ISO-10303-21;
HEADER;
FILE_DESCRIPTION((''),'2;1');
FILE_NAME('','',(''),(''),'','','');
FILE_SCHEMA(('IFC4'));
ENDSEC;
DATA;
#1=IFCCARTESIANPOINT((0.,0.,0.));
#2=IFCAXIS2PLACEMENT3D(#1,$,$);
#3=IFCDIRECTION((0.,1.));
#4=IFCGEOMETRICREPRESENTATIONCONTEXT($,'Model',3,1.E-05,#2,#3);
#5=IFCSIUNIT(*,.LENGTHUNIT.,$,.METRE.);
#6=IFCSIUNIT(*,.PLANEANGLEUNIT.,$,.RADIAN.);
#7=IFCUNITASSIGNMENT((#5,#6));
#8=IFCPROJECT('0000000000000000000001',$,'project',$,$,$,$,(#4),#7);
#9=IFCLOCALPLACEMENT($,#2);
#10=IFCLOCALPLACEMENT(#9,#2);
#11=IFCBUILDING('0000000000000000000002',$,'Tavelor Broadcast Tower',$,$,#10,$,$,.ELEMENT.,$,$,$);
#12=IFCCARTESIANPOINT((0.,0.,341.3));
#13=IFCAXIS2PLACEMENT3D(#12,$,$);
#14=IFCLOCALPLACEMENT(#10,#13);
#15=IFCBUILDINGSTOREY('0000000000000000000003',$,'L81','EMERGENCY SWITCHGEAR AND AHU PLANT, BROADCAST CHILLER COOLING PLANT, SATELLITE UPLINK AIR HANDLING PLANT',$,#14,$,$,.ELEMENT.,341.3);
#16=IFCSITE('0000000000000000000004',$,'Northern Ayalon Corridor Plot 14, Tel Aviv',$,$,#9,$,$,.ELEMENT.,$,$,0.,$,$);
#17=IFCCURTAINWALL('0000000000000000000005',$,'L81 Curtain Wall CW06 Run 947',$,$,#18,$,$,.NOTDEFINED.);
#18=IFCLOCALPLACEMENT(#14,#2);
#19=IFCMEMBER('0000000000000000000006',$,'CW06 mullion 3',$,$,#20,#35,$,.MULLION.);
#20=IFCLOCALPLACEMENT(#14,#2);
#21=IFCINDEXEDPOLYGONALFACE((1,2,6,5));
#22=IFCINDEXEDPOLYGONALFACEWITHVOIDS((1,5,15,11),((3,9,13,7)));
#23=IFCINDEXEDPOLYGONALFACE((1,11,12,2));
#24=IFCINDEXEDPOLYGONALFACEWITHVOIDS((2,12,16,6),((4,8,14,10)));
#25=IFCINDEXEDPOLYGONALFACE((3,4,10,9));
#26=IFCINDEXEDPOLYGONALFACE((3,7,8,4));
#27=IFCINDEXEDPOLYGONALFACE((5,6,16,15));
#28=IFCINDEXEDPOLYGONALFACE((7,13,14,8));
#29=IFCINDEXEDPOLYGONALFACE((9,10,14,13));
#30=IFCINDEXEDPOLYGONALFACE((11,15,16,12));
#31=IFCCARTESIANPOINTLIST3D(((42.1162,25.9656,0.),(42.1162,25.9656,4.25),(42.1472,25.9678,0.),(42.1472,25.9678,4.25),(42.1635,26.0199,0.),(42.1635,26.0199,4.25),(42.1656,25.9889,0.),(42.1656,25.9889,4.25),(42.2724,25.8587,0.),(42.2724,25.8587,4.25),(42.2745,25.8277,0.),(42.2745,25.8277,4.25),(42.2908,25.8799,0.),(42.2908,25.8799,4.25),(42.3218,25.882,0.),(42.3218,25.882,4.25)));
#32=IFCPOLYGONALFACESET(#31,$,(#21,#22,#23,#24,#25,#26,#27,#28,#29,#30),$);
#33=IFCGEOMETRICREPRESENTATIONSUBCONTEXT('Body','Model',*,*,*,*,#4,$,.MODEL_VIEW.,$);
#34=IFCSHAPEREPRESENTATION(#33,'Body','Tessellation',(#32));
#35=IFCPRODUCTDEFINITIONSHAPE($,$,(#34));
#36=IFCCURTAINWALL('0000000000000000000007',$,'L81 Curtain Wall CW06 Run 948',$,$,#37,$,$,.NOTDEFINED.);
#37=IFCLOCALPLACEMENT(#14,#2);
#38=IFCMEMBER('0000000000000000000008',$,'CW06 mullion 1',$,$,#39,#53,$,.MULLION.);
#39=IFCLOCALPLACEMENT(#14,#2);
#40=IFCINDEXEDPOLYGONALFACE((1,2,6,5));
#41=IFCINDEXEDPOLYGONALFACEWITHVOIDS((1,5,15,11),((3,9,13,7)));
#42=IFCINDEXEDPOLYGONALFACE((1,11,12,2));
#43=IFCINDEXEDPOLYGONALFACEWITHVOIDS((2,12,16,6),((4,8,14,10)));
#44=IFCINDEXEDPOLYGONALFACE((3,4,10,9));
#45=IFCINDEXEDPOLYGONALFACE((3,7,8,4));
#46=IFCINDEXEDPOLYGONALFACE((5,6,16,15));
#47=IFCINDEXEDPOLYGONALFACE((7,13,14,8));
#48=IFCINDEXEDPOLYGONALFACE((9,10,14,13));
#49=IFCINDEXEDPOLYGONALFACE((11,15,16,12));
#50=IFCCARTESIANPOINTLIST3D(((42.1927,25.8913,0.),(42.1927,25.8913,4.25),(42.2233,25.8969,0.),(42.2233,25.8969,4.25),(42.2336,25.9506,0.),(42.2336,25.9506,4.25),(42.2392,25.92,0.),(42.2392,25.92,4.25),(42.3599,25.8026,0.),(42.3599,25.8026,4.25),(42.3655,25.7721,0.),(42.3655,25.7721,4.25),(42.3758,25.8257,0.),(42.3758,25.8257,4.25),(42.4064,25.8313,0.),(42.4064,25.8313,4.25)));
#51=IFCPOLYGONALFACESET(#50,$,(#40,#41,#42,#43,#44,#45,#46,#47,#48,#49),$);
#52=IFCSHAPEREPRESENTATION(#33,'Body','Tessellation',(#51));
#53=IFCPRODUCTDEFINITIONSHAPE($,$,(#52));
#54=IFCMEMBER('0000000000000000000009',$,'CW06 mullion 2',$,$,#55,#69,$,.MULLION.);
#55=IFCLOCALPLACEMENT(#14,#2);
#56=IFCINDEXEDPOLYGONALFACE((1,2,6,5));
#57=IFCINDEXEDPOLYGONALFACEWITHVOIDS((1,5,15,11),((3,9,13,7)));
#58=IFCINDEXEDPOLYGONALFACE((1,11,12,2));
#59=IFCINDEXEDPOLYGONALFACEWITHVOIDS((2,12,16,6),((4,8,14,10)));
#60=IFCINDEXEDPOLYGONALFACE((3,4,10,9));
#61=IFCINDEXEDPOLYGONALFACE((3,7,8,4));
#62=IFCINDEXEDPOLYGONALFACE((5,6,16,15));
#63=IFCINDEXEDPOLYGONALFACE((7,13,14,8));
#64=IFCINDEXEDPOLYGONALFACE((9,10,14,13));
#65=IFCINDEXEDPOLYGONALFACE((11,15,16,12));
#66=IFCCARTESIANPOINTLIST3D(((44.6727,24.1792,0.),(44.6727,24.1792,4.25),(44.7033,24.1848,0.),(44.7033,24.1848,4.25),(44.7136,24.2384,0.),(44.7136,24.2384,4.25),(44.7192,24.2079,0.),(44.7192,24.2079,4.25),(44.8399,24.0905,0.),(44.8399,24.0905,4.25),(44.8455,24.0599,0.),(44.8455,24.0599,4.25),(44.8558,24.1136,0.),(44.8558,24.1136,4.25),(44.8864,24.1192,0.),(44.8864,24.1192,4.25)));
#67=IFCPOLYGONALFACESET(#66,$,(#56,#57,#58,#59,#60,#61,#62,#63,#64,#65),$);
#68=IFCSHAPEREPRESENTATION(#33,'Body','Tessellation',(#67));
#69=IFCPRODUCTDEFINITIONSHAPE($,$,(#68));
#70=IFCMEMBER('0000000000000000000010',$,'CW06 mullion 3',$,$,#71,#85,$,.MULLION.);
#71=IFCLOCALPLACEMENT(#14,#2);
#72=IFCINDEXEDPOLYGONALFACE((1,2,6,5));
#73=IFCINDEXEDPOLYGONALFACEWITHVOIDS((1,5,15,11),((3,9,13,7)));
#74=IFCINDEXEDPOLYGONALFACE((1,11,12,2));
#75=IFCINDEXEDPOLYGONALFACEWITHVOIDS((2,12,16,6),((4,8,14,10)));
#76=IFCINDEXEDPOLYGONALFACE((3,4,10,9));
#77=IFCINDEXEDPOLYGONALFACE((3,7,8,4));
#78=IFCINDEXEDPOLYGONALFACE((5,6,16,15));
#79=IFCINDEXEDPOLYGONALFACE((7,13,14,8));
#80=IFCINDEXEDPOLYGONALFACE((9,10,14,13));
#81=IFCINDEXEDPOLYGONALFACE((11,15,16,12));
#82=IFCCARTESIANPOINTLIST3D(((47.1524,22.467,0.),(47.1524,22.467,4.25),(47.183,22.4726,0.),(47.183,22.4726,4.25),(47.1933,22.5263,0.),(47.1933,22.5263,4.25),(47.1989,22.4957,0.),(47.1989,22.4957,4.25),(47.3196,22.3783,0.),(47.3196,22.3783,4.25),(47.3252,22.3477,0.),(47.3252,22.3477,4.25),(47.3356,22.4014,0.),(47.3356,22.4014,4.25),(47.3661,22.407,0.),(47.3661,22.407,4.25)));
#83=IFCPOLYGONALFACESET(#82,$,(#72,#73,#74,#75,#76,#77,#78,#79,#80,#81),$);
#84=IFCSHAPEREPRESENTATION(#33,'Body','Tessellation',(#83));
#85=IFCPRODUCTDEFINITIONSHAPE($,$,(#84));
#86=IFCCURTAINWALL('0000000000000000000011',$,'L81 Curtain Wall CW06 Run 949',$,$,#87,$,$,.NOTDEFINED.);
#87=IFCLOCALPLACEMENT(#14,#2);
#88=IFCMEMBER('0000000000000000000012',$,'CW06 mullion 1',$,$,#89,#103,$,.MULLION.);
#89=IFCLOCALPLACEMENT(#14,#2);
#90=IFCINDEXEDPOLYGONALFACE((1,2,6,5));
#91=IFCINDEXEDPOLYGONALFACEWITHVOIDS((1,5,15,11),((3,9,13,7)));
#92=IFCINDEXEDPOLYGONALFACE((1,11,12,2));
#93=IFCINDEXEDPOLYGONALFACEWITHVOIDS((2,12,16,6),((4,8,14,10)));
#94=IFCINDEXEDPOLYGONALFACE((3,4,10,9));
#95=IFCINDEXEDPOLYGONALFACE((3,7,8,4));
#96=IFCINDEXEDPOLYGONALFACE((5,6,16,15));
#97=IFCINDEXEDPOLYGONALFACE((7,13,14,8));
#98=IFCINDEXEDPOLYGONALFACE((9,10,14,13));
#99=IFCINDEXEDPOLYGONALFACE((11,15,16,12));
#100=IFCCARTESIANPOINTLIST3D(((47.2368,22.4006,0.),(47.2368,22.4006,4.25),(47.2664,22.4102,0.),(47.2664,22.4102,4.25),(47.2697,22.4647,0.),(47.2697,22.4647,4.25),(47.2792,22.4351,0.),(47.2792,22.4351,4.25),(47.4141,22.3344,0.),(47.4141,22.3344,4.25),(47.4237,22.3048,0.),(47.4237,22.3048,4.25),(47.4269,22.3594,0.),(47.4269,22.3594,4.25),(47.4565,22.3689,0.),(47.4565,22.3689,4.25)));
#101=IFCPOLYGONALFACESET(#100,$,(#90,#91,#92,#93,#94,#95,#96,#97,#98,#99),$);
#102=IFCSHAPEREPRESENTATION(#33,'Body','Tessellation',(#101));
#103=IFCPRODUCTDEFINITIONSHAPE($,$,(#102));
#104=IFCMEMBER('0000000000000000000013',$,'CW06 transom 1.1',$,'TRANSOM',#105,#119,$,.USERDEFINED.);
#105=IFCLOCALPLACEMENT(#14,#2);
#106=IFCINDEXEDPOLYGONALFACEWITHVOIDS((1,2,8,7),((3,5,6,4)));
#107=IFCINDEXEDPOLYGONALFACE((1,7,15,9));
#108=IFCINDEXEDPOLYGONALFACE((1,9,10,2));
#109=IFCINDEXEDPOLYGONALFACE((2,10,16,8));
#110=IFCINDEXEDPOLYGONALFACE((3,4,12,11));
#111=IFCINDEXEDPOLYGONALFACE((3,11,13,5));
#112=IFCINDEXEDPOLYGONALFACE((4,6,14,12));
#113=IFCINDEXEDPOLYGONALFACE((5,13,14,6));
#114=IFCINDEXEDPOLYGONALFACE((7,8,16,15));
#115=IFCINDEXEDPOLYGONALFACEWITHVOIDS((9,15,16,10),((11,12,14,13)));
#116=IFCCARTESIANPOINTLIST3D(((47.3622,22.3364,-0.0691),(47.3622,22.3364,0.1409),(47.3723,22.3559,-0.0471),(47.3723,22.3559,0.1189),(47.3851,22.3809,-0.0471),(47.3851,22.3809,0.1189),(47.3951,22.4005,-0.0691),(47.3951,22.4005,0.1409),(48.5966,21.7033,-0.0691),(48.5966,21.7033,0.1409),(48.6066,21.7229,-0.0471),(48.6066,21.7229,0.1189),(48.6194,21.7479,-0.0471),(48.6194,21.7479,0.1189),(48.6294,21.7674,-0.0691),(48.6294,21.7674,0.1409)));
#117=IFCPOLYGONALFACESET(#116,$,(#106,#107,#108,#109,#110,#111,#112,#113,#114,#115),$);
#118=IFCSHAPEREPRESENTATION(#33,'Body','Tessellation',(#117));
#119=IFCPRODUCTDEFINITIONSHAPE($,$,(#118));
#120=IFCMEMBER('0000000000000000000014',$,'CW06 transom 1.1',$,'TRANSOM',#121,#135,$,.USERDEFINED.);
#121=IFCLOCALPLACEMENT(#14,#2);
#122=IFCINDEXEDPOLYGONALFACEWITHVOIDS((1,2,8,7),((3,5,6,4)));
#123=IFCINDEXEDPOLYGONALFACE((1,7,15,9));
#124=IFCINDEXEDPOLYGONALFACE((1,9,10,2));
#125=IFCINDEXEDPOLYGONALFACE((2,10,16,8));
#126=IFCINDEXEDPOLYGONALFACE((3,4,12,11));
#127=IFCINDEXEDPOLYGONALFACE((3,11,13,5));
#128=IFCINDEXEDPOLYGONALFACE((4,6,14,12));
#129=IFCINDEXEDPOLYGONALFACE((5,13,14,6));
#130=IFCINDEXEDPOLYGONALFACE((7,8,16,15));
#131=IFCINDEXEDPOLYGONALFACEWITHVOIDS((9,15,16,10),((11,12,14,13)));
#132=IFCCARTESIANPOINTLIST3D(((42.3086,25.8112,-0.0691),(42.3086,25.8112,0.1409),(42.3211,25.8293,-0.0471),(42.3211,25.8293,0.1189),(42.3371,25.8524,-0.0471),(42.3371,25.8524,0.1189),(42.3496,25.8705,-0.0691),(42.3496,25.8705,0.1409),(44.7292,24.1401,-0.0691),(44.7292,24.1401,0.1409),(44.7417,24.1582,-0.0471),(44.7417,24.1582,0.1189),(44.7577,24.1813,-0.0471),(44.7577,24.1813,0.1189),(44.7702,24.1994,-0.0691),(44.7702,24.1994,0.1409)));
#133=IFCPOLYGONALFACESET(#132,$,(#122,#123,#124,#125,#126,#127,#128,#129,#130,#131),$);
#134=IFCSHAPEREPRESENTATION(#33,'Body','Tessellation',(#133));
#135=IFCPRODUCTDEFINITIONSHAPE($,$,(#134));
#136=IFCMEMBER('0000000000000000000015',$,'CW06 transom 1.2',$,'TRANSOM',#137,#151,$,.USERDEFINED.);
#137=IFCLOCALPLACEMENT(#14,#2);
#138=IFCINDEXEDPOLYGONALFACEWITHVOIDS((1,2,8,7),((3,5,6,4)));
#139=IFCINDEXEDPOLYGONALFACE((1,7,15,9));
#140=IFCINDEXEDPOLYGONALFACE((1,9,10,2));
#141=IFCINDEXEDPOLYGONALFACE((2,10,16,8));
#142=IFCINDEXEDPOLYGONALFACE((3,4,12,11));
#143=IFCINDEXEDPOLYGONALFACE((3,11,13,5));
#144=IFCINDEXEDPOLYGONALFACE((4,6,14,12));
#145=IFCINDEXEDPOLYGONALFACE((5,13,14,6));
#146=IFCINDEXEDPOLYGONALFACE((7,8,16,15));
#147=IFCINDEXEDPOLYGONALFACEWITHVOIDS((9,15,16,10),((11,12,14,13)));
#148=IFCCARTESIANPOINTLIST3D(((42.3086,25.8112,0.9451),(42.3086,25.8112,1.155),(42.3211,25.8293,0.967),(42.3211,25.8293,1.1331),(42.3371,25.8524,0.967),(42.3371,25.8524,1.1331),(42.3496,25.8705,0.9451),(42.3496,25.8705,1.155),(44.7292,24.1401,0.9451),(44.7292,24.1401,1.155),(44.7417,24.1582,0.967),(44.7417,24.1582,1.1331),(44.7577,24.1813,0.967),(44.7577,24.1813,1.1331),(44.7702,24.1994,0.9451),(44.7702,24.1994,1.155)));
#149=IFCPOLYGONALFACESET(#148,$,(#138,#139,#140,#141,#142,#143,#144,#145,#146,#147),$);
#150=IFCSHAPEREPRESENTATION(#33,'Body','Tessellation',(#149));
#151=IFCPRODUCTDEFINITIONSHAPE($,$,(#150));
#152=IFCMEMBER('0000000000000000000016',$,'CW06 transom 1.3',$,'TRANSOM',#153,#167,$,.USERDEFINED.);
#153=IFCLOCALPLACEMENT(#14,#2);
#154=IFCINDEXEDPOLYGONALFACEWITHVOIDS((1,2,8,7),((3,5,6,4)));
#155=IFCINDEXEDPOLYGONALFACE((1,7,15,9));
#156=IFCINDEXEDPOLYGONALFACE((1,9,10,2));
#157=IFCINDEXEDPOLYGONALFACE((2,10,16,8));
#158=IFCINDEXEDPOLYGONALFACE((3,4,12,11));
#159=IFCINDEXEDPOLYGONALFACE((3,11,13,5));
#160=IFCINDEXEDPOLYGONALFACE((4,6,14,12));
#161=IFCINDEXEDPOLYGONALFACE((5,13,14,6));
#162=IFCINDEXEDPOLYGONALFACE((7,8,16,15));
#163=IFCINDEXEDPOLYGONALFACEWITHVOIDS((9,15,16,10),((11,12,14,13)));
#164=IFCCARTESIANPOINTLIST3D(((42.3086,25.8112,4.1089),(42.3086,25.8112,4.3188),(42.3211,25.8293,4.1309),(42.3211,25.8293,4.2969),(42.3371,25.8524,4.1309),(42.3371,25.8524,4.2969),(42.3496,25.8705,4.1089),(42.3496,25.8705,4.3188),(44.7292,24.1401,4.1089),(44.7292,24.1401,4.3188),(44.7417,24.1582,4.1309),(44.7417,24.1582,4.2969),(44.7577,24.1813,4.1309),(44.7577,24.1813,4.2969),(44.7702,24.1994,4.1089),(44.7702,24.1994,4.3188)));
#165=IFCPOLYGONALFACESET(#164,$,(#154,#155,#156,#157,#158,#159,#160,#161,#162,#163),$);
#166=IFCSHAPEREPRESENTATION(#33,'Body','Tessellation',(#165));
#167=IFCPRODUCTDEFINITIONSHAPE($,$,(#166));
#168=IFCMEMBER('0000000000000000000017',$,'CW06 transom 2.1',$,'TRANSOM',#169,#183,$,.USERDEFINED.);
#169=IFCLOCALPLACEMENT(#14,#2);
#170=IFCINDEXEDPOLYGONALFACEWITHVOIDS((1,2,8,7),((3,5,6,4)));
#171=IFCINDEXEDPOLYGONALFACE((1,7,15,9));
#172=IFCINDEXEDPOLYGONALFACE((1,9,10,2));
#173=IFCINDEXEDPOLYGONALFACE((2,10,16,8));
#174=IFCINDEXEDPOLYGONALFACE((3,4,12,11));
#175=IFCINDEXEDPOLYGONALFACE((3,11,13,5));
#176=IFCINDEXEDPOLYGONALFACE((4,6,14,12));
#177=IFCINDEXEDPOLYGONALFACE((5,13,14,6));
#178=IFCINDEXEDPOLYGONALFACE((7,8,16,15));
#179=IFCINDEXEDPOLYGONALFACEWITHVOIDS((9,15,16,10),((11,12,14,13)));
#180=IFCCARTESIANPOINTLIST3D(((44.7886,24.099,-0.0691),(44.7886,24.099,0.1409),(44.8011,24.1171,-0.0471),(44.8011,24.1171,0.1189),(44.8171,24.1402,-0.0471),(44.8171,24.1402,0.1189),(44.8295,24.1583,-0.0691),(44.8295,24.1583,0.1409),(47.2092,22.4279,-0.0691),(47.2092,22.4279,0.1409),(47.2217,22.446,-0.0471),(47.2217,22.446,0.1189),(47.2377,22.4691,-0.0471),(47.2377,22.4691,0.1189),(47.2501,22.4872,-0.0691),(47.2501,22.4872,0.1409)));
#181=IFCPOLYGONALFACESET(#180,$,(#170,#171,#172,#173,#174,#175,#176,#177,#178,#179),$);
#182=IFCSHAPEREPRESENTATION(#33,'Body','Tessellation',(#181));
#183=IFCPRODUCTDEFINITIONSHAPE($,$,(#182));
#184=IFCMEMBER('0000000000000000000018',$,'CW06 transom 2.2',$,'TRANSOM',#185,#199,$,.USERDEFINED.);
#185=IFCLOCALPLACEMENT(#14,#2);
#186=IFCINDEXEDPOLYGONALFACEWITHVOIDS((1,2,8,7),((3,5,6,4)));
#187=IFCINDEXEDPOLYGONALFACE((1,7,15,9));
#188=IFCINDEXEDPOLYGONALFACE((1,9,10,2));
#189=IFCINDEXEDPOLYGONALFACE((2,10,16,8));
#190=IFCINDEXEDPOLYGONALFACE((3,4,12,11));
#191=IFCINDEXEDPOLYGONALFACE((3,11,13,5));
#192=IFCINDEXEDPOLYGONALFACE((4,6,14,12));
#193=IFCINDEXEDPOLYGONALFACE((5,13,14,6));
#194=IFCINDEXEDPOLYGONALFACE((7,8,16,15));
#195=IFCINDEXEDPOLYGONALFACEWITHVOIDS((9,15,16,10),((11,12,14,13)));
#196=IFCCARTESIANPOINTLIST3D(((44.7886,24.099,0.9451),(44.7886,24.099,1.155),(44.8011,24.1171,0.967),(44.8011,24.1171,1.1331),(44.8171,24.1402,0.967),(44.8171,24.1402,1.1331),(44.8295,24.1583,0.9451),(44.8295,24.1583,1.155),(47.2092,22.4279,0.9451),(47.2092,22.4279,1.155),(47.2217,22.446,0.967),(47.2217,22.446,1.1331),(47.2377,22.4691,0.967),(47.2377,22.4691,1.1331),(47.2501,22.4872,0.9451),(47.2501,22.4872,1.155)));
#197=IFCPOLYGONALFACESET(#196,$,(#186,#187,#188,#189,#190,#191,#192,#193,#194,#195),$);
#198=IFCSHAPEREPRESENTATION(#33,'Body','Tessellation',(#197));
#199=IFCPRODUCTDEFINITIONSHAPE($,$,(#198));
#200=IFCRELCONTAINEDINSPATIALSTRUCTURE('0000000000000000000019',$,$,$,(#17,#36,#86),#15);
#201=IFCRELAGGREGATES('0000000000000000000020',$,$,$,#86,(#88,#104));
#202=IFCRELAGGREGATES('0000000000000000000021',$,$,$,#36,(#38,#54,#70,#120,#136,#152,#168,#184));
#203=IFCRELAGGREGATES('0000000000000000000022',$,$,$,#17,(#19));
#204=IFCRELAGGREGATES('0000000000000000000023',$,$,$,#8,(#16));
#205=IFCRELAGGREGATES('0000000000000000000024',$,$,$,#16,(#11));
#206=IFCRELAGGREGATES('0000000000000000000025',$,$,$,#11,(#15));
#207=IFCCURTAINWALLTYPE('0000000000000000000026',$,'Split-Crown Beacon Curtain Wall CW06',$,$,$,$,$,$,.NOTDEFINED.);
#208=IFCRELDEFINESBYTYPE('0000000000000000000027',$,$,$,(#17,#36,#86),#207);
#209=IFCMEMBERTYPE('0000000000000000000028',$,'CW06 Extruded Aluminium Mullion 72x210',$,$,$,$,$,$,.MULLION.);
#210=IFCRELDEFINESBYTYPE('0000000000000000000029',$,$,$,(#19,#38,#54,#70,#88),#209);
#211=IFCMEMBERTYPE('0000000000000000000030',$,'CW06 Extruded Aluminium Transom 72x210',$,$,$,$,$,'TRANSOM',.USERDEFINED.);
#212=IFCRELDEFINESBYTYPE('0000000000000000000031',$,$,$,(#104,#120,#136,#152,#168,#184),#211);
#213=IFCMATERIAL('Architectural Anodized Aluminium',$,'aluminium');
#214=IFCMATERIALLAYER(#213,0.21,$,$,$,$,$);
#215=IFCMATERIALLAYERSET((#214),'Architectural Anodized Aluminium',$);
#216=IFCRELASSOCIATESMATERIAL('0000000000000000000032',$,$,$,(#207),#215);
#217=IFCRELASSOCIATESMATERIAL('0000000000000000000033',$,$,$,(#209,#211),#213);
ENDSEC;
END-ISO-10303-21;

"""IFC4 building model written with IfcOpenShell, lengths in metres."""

from ifc_helpers import new_model, si_unit, direction, frame, origin, origin_2d, place, context, subcontext, project, spatial, hollow_rectangle, extrude, source, transform, mapped, material, layer, layer_set, material_profile, profile_set, type_object, type_shapes, element, aggregate, save


model = new_model("IFC4")

# Units and contexts
model_context = context("Model", 3, precision=1e-05, world=origin(), true_north=direction((0.0, 1.0)))
body_context = subcontext(model_context, "Body", "Model", "MODEL_VIEW")
ifc_project = project(units=[si_unit("LENGTHUNIT", "METRE"), si_unit("PLANEANGLEUNIT", "RADIAN")], contexts=[model_context])

# Site, building, storey
site_placement = place(None, origin())
site = spatial("IfcSite", under=ifc_project, at=site_placement, Name="Northern Ayalon Corridor Plot 14, Tel Aviv", CompositionType="ELEMENT", RefElevation=0.0)
building_placement = place(site_placement, origin())
building = spatial("IfcBuilding", under=site, at=building_placement, Name="Tavelor Broadcast Tower", CompositionType="ELEMENT")
storey_placement = place(building_placement, frame((0.0, 0.0, 341.3)))
storey = spatial("IfcBuildingStorey", under=building, at=storey_placement, Name="L81", Description="EMERGENCY SWITCHGEAR AND AHU PLANT, BROADCAST CHILLER COOLING PLANT, SATELLITE UPLINK AIR HANDLING PLANT", CompositionType="ELEMENT", Elevation=341.3)

# Curtain wall, member
ifc_material_1 = material(Name="Architectural Anodized Aluminium", Category="aluminium")
ifc_layer_1 = layer(ifc_material_1, 0.21)
ifc_layer_set_1 = layer_set([ifc_layer_1], Name="Architectural Anodized Aluminium")
curtain_wall_type = type_object("IfcCurtainWallType", Name="Split-Crown Beacon Curtain Wall CW06", PredefinedType="NOTDEFINED", material=ifc_layer_set_1)
curtain_wall_1_placement = place(storey_placement, origin())
curtain_wall_1 = element("IfcCurtainWall", 1, at=curtain_wall_1_placement, inside=storey, type_object=curtain_wall_type, Name="L81 Curtain Wall CW06 Run 947", PredefinedType="NOTDEFINED")
ifc_material_profile_1 = material_profile(ifc_material_1, hollow_rectangle(XDim=0.072, YDim=0.21, WallThickness=0.022, at=origin_2d()), Name="RHS 72x210x22")
ifc_profile_set_1 = profile_set([ifc_material_profile_1], Name="Architectural Anodized Aluminium")
member_type_1 = type_object("IfcMemberType", Name="CW06 Extruded Aluminium Mullion 72x210", PredefinedType="MULLION", material=ifc_profile_set_1)
shared_shape_1 = source(origin(), body_context, "Body", "SweptSolid", [
    extrude(hollow_rectangle(XDim=0.072, YDim=0.21, WallThickness=0.022, at=origin_2d()), origin(), (0.0, 0.0, 1.0), 4.25),
])
type_shapes(member_type_1, [shared_shape_1])
member_1_placement = place(storey_placement, frame((42.219, 25.9238, 0.0), z_axis=(0.0, 0.0, 1.0), x_axis=(0.656742, 0.754115, 0.0)))
member_1 = element("IfcMember", 2, at=member_1_placement, type_object=member_type_1, Name="CW06 mullion 3", PredefinedType="MULLION", context=body_context, shape_type="MappedRepresentation", body=[
    mapped(shared_shape_1, transform((0.0, 0.0, 0.0), scale=1.0)),
])

# Curtain walls, members
curtain_wall_2_placement = place(storey_placement, origin())
curtain_wall_2 = element("IfcCurtainWall", 3, at=curtain_wall_2_placement, inside=storey, type_object=curtain_wall_type, Name="L81 Curtain Wall CW06 Run 948", PredefinedType="NOTDEFINED")
member_2_placement = place(storey_placement, frame((42.2996, 25.8613, 0.0), z_axis=(0.0, 0.0, 1.0), x_axis=(0.568139, 0.822933, 0.0)))
member_2 = element("IfcMember", 4, at=member_2_placement, type_object=member_type_1, Name="CW06 mullion 1", PredefinedType="MULLION", context=body_context, shape_type="MappedRepresentation", body=[
    mapped(shared_shape_1, transform((0.0, 0.0, 0.0), scale=1.0)),
])
member_3_placement = place(storey_placement, frame((44.7795, 24.1492, 0.0), z_axis=(0.0, 0.0, 1.0), x_axis=(0.568139, 0.822933, 0.0)))
member_3 = element("IfcMember", 5, at=member_3_placement, type_object=member_type_1, Name="CW06 mullion 2", PredefinedType="MULLION", context=body_context, shape_type="MappedRepresentation", body=[
    mapped(shared_shape_1, transform((0.0, 0.0, 0.0), scale=1.0)),
])
member_4_placement = place(storey_placement, frame((47.2593, 22.437, 0.0), z_axis=(0.0, 0.0, 1.0), x_axis=(0.568139, 0.822933, 0.0)))
member_4 = element("IfcMember", 6, at=member_4_placement, type_object=member_type_1, Name="CW06 mullion 3", PredefinedType="MULLION", context=body_context, shape_type="MappedRepresentation", body=[
    mapped(shared_shape_1, transform((0.0, 0.0, 0.0), scale=1.0)),
])
curtain_wall_3_placement = place(storey_placement, origin())
curtain_wall_3 = element("IfcCurtainWall", 7, at=curtain_wall_3_placement, inside=storey, type_object=curtain_wall_type, Name="L81 Curtain Wall CW06 Run 949", PredefinedType="NOTDEFINED")
member_5_placement = place(storey_placement, frame((47.3467, 22.3848, 0.0), z_axis=(0.0, 0.0, 1.0), x_axis=(0.456334, 0.889809, 0.0)))
member_5 = element("IfcMember", 8, at=member_5_placement, type_object=member_type_1, Name="CW06 mullion 1", PredefinedType="MULLION", context=body_context, shape_type="MappedRepresentation", body=[
    mapped(shared_shape_1, transform((0.0, 0.0, 0.0), scale=1.0)),
])
ifc_material_profile_2 = material_profile(ifc_material_1, hollow_rectangle(XDim=0.072, YDim=0.21, WallThickness=0.022, at=origin_2d()), Name="RHS 72x210x22")
ifc_profile_set_2 = profile_set([ifc_material_profile_2], Name="Architectural Anodized Aluminium")
member_type_2 = type_object("IfcMemberType", Name="CW06 Extruded Aluminium Transom 72x210", ElementType="TRANSOM", PredefinedType="USERDEFINED", material=ifc_profile_set_2)
shared_shape_2 = source(origin(), body_context, "Body", "SweptSolid", [
    extrude(hollow_rectangle(XDim=0.072, YDim=0.21, WallThickness=0.022, at=origin_2d()), origin(), (0.0, 0.0, 1.0), 1.3872),
])
member_6_placement = place(storey_placement, frame((47.3787, 22.3684, 0.0359), z_axis=(0.889805, -0.456342, 0.0), x_axis=(0.456342, 0.889805, 0.0)))
member_6 = element("IfcMember", 9, at=member_6_placement, type_object=member_type_2, Name="CW06 transom 1.1", ObjectType="TRANSOM", PredefinedType="USERDEFINED", context=body_context, shape_type="MappedRepresentation", body=[
    mapped(shared_shape_2, transform((0.0, 0.0, 0.0), scale=1.0)),
])
aggregate(curtain_wall_3, [member_5, member_6])

# Members
shared_shape_3 = source(origin(), body_context, "Body", "SweptSolid", [
    extrude(hollow_rectangle(XDim=0.072, YDim=0.21, WallThickness=0.022, at=origin_2d()), origin(), (0.0, 0.0, 1.0), 2.9414),
])
member_7_placement = place(storey_placement, frame((42.3291, 25.8408, 0.0359), z_axis=(0.822938, -0.56813, 0.0), x_axis=(0.56813, 0.822938, 0.0)))
member_7 = element("IfcMember", 10, at=member_7_placement, type_object=member_type_2, Name="CW06 transom 1.1", ObjectType="TRANSOM", PredefinedType="USERDEFINED", context=body_context, shape_type="MappedRepresentation", body=[
    mapped(shared_shape_3, transform((0.0, 0.0, 0.0), scale=1.0)),
])
member_8_placement = place(storey_placement, frame((42.3291, 25.8408, 1.05), z_axis=(0.822938, -0.56813, 0.0), x_axis=(0.56813, 0.822938, 0.0)))
member_8 = element("IfcMember", 11, at=member_8_placement, type_object=member_type_2, Name="CW06 transom 1.2", ObjectType="TRANSOM", PredefinedType="USERDEFINED", context=body_context, shape_type="MappedRepresentation", body=[
    mapped(shared_shape_3, transform((0.0, 0.0, 0.0), scale=1.0)),
])
member_9_placement = place(storey_placement, frame((42.3291, 25.8408, 4.2139), z_axis=(0.822938, -0.56813, 0.0), x_axis=(0.56813, 0.822938, 0.0)))
member_9 = element("IfcMember", 12, at=member_9_placement, type_object=member_type_2, Name="CW06 transom 1.3", ObjectType="TRANSOM", PredefinedType="USERDEFINED", context=body_context, shape_type="MappedRepresentation", body=[
    mapped(shared_shape_3, transform((0.0, 0.0, 0.0), scale=1.0)),
])
member_10_placement = place(storey_placement, frame((44.8091, 24.1287, 0.0359), z_axis=(0.822938, -0.56813, 0.0), x_axis=(0.56813, 0.822938, 0.0)))
member_10 = element("IfcMember", 13, at=member_10_placement, type_object=member_type_2, Name="CW06 transom 2.1", ObjectType="TRANSOM", PredefinedType="USERDEFINED", context=body_context, shape_type="MappedRepresentation", body=[
    mapped(shared_shape_3, transform((0.0, 0.0, 0.0), scale=1.0)),
])
member_11_placement = place(storey_placement, frame((44.8091, 24.1287, 1.05), z_axis=(0.822938, -0.56813, 0.0), x_axis=(0.56813, 0.822938, 0.0)))
member_11 = element("IfcMember", 14, at=member_11_placement, type_object=member_type_2, Name="CW06 transom 2.2", ObjectType="TRANSOM", PredefinedType="USERDEFINED", context=body_context, shape_type="MappedRepresentation", body=[
    mapped(shared_shape_3, transform((0.0, 0.0, 0.0), scale=1.0)),
])

aggregate(curtain_wall_2, [member_2, member_3, member_4, member_7, member_8, member_9, member_10, member_11])
aggregate(curtain_wall_1, [member_1])

save(model, "model.ifc")
